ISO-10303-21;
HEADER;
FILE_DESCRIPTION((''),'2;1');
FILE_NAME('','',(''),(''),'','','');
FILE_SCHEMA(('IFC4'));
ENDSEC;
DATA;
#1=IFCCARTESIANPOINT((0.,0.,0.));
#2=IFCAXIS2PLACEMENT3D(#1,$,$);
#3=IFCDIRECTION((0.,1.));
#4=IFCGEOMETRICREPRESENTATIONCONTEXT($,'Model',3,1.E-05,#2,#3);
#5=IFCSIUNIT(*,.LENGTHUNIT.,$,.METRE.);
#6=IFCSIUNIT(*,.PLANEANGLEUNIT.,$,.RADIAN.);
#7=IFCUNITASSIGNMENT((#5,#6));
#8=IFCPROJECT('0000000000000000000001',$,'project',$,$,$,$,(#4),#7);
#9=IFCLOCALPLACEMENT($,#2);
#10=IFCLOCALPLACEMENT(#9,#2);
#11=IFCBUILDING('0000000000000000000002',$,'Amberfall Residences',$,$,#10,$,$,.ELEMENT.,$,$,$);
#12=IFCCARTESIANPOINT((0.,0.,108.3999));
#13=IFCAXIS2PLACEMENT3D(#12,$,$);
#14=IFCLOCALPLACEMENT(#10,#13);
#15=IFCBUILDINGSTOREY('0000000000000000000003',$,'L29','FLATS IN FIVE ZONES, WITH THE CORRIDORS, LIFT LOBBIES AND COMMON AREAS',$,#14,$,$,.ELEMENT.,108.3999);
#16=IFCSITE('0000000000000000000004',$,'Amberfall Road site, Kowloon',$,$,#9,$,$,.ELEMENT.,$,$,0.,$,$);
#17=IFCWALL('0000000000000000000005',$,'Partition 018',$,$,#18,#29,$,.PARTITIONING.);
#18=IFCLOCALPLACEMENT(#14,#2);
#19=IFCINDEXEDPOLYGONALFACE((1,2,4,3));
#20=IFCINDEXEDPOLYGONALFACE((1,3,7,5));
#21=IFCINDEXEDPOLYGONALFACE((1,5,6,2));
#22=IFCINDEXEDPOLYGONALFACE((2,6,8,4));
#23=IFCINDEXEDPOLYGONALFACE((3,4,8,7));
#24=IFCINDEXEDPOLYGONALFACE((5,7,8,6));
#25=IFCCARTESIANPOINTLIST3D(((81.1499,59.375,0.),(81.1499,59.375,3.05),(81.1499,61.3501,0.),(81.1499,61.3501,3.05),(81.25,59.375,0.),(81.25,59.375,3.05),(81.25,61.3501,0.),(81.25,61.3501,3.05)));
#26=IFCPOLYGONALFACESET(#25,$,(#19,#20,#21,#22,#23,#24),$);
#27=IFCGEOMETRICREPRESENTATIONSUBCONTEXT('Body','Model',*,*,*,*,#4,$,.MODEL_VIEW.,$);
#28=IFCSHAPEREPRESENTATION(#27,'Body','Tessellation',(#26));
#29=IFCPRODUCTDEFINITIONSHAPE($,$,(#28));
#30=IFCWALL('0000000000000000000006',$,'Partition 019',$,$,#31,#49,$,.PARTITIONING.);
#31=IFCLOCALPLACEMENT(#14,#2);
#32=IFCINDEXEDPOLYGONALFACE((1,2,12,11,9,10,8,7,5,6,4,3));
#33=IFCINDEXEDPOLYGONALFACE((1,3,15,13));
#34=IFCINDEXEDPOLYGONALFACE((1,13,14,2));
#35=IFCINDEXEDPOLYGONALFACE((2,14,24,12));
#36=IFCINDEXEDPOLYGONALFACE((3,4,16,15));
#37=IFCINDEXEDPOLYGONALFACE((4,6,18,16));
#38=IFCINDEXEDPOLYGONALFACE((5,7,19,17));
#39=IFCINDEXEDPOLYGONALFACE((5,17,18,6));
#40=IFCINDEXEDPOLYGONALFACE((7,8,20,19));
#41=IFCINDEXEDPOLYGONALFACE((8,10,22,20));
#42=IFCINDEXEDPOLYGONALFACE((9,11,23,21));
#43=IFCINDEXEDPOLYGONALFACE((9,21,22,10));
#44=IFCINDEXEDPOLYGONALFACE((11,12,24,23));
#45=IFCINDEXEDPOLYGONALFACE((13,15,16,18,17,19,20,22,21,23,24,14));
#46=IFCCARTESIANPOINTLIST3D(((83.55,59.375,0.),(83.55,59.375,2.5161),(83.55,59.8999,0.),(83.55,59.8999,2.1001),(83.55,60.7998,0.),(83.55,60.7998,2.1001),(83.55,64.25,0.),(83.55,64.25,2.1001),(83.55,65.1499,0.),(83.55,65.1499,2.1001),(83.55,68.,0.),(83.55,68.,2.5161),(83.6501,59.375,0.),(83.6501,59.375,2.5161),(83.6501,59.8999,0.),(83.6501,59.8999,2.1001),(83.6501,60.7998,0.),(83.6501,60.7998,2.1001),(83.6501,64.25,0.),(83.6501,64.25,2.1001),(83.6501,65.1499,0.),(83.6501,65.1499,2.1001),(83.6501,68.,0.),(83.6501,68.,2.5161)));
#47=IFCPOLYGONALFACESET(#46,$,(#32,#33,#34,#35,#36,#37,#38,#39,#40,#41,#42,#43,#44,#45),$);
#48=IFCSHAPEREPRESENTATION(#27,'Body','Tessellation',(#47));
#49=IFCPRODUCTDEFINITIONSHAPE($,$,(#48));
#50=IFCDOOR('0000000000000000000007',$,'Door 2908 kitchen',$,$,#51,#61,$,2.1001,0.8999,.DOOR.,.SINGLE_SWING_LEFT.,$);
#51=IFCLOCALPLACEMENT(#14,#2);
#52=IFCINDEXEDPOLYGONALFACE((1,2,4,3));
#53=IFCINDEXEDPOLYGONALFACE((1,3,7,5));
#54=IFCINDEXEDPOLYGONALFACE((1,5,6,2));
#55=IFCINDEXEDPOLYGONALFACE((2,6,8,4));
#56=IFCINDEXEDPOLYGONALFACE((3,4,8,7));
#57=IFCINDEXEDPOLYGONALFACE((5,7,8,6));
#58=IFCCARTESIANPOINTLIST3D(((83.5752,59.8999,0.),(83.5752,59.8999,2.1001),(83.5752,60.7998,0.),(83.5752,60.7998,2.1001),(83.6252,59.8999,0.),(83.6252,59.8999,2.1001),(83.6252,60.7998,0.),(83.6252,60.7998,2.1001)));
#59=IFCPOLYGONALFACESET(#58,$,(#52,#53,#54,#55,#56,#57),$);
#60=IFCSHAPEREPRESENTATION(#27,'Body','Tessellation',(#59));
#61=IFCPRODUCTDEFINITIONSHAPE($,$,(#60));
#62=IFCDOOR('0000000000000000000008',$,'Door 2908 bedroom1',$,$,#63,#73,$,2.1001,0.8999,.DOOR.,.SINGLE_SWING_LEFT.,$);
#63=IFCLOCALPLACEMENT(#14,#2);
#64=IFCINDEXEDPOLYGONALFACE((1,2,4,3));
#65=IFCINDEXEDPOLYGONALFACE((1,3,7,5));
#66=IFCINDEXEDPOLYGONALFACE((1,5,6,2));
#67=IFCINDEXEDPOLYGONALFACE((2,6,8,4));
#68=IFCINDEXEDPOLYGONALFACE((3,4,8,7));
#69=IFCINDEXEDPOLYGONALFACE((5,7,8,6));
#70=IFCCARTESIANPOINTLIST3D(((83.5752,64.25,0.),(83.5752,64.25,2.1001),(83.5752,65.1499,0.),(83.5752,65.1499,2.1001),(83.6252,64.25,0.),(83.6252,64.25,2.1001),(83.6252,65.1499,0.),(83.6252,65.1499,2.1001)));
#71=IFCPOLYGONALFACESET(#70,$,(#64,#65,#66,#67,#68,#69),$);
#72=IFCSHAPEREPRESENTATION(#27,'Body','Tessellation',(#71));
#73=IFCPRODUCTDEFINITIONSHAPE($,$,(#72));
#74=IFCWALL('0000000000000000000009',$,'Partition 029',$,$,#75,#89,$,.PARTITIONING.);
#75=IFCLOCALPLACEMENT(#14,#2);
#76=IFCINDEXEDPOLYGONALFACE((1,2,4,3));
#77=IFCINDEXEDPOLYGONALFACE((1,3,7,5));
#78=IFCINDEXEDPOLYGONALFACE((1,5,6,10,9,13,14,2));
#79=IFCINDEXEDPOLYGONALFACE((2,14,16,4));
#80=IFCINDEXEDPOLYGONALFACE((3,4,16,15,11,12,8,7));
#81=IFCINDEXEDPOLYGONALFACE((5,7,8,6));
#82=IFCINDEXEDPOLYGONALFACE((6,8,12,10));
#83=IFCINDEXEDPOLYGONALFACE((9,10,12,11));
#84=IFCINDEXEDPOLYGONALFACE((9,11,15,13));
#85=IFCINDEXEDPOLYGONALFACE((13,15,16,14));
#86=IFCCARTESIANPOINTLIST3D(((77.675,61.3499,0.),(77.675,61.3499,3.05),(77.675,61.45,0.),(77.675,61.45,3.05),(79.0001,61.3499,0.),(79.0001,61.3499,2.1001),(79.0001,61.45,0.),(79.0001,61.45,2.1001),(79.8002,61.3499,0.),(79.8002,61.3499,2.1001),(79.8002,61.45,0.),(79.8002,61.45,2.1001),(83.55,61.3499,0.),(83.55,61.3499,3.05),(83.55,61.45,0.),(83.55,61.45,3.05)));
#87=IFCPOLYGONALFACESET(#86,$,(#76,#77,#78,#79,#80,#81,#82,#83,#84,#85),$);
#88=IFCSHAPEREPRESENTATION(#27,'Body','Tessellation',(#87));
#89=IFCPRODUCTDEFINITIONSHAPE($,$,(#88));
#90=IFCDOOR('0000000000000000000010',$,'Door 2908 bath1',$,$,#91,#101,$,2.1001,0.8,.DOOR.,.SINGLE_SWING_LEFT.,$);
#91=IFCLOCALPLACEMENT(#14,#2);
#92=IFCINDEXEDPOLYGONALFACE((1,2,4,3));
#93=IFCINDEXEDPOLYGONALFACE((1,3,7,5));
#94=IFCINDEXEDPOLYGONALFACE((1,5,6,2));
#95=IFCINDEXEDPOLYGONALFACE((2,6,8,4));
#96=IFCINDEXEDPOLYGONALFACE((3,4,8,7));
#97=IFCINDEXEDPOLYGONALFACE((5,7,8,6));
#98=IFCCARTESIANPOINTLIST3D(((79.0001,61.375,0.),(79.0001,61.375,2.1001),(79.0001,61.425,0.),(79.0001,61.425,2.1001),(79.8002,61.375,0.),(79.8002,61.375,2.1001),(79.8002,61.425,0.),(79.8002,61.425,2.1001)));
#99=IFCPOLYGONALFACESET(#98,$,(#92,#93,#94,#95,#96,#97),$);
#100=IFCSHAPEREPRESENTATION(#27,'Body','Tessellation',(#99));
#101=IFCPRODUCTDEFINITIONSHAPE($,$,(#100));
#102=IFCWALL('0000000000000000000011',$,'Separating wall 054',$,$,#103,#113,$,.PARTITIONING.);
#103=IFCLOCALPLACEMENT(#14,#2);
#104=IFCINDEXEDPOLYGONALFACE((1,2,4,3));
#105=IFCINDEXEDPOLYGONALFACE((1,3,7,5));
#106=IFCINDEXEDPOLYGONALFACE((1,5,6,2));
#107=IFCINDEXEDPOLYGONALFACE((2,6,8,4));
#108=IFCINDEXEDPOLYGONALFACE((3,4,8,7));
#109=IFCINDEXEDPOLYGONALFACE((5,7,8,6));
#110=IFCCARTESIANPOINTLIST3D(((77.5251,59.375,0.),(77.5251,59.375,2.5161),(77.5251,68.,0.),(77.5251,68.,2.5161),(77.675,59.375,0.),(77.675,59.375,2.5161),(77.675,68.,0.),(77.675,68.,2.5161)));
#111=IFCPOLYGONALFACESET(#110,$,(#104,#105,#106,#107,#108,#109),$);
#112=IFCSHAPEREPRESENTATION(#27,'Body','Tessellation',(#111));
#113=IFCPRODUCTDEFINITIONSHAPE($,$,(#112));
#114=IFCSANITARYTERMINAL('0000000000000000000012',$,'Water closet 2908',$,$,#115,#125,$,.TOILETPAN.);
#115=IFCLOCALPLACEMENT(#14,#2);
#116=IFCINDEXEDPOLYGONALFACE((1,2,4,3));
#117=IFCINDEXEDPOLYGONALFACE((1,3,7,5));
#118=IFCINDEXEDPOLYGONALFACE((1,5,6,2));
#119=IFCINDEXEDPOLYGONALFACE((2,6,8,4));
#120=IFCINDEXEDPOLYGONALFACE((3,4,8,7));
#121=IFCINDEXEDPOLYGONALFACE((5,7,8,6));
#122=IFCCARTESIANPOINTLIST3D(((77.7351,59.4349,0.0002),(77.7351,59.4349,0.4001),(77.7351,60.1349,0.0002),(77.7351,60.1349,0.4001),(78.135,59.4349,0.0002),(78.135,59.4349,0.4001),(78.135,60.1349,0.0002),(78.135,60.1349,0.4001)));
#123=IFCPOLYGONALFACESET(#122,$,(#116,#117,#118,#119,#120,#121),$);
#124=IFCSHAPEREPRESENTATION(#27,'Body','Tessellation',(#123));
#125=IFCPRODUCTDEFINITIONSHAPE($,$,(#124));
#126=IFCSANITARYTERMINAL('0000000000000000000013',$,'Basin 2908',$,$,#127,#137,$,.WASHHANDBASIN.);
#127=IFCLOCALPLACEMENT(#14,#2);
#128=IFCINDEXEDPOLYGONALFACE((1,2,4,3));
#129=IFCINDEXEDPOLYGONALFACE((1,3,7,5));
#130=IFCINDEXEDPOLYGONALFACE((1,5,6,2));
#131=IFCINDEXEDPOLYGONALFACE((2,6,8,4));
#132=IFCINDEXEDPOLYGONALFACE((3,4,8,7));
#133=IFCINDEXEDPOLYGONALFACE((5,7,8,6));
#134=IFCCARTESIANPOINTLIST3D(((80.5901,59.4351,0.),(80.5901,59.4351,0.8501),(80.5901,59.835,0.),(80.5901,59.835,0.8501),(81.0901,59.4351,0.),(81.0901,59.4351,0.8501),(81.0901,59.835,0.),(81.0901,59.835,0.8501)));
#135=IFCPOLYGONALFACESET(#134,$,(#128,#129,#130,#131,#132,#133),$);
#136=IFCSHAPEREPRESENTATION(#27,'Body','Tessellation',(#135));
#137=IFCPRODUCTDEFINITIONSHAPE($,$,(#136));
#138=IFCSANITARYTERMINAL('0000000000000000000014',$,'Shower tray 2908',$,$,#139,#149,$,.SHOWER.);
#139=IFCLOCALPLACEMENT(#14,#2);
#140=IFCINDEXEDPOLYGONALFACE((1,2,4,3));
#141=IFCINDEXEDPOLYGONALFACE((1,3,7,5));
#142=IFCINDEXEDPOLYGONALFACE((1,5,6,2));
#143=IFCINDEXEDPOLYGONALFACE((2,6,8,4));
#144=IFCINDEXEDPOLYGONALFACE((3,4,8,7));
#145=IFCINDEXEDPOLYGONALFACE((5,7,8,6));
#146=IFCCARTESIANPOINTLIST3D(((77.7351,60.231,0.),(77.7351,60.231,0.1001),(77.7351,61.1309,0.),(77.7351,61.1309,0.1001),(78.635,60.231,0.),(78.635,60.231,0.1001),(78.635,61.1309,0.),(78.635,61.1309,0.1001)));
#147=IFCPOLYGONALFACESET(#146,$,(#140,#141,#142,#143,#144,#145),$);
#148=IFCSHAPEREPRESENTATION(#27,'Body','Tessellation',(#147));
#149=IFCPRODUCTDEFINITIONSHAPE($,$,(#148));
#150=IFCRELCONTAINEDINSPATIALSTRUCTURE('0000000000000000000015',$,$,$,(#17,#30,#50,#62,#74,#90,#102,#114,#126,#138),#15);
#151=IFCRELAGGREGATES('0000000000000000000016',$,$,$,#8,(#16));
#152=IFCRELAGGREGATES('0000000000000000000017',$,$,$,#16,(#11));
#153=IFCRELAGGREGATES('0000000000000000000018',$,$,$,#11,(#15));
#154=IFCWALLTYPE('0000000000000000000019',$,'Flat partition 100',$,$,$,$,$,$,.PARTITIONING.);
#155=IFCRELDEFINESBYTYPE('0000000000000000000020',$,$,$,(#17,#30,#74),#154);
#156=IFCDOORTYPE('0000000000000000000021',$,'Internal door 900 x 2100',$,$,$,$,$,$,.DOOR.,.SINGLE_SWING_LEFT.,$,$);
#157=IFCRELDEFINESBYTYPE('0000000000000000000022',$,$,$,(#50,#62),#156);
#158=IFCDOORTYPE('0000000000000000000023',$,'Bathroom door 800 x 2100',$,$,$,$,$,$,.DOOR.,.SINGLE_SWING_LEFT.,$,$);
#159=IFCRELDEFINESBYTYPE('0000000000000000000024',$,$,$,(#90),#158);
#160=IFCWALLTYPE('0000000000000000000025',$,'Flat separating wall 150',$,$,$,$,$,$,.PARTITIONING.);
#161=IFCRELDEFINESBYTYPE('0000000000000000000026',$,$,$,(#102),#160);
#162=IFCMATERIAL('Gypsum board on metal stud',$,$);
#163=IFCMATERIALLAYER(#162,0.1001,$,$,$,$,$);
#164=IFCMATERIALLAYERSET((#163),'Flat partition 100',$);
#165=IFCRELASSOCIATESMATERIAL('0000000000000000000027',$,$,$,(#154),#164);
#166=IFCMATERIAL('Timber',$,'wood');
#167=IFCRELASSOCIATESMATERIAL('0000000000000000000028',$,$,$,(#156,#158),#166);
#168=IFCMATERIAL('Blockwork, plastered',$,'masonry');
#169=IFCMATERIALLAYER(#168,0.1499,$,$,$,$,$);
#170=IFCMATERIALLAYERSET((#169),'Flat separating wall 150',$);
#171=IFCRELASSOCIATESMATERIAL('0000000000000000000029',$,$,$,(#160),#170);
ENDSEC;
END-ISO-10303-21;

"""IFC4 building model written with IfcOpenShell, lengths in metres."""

from ifc_helpers import new_model, si_unit, direction, frame, frame_2d, origin, origin_2d, place, context, subcontext, project, spatial, rectangle, extrude, material, layer, layer_set, type_object, element, fill, save


model = new_model("IFC4")

# Units and contexts
model_context = context("Model", 3, precision=1e-05, world=origin(), true_north=direction((0.0, 1.0)))
body_context = subcontext(model_context, "Body", "Model", "MODEL_VIEW")
ifc_project = project(units=[si_unit("LENGTHUNIT", "METRE"), si_unit("PLANEANGLEUNIT", "RADIAN")], contexts=[model_context])

# Site, building, storey
site_placement = place(None, origin())
site = spatial("IfcSite", under=ifc_project, at=site_placement, Name="Amberfall Road site, Kowloon", CompositionType="ELEMENT", RefElevation=0.0)
building_placement = place(site_placement, origin())
building = spatial("IfcBuilding", under=site, at=building_placement, Name="Amberfall Residences", CompositionType="ELEMENT")
storey_placement = place(building_placement, frame((0.0, 0.0, 108.3999)))
storey = spatial("IfcBuildingStorey", under=building, at=storey_placement, Name="L29", Description="FLATS IN FIVE ZONES, WITH THE CORRIDORS, LIFT LOBBIES AND COMMON AREAS", CompositionType="ELEMENT", Elevation=108.3999)

# Wall
ifc_material_1 = material(Name="Gypsum board on metal stud")
ifc_layer_1 = layer(ifc_material_1, 0.1001)
ifc_layer_set_1 = layer_set([ifc_layer_1], Name="Flat partition 100")
wall_type_1 = type_object("IfcWallType", Name="Flat partition 100", PredefinedType="PARTITIONING", material=ifc_layer_set_1)
wall_1_placement = place(storey_placement, frame((81.2, 59.375, 0.0), z_axis=(0.0, 0.0, 1.0), x_axis=(0.0, 1.0, 0.0)))
element("IfcWall", 1, at=wall_1_placement, inside=storey, type_object=wall_type_1, Name="Partition 018", PredefinedType="PARTITIONING", context=body_context, shape_type="SweptSolid", body=[
    extrude(rectangle(XDim=1.9751, YDim=0.1001, at=frame_2d((0.9875, 0.0))), origin(), (0.0, 0.0, 1.0), 3.05),
])

# Wall, openings, doors
wall_2_placement = place(storey_placement, frame((83.6001, 59.375, 0.0), z_axis=(0.0, 0.0, 1.0), x_axis=(0.0, 1.0, 0.0)))
wall_2 = element("IfcWall", 2, at=wall_2_placement, inside=storey, type_object=wall_type_1, Name="Partition 019", PredefinedType="PARTITIONING", context=body_context, shape_type="SweptSolid", body=[
    extrude(rectangle(XDim=8.625, YDim=0.1001, at=frame_2d((4.3125, 0.0))), origin(), (0.0, 0.0, 1.0), 2.5161),
])
opening_1_placement = place(wall_2_placement, frame((0.5249, 0.0, 0.0)))
opening_1 = element("IfcOpeningElement", 3, at=opening_1_placement, cuts=wall_2, PredefinedType="OPENING", context=body_context, shape_type="SweptSolid", body=[
    extrude(rectangle(XDim=0.8999, YDim=2.1001, at=frame_2d((0.45, 1.05))), frame((0.0, 0.0601, 0.0), z_axis=(0.0, -1.0, 0.0), x_axis=(1.0, 0.0, 0.0)), (0.0, 0.0, 1.0), 0.1201),
])
opening_2_placement = place(wall_2_placement, frame((4.875, 0.0, 0.0)))
opening_2 = element("IfcOpeningElement", 4, at=opening_2_placement, cuts=wall_2, PredefinedType="OPENING", context=body_context, shape_type="SweptSolid", body=[
    extrude(rectangle(XDim=0.8999, YDim=2.1001, at=frame_2d((0.45, 1.05))), frame((0.0, 0.0601, 0.0), z_axis=(0.0, -1.0, 0.0), x_axis=(1.0, 0.0, 0.0)), (0.0, 0.0, 1.0), 0.1201),
])
ifc_material_2 = material(Name="Timber", Category="wood")
door_type_1 = type_object("IfcDoorType", Name="Internal door 900 x 2100", OperationType="SINGLE_SWING_LEFT", PredefinedType="DOOR", material=ifc_material_2)
door_1_placement = place(opening_1_placement, origin())
door_1 = element("IfcDoor", 5, at=door_1_placement, inside=storey, type_object=door_type_1, Name="Door 2908 kitchen", OperationType="SINGLE_SWING_LEFT", OverallHeight=2.1001, OverallWidth=0.8999, PredefinedType="DOOR", context=body_context, shape_type="SweptSolid", body=[
    extrude(rectangle(XDim=0.8999, YDim=2.1001, at=frame_2d((0.45, 1.05))), frame((0.0, 0.0249, 0.0), z_axis=(0.0, -1.0, 0.0), x_axis=(1.0, 0.0, 0.0)), (0.0, 0.0, 1.0), 0.05),
])
fill(opening_1, door_1)
door_2_placement = place(opening_2_placement, origin())
door_2 = element("IfcDoor", 6, at=door_2_placement, inside=storey, type_object=door_type_1, Name="Door 2908 bedroom1", OperationType="SINGLE_SWING_LEFT", OverallHeight=2.1001, OverallWidth=0.8999, PredefinedType="DOOR", context=body_context, shape_type="SweptSolid", body=[
    extrude(rectangle(XDim=0.8999, YDim=2.1001, at=frame_2d((0.45, 1.05))), frame((0.0, 0.0249, 0.0), z_axis=(0.0, -1.0, 0.0), x_axis=(1.0, 0.0, 0.0)), (0.0, 0.0, 1.0), 0.05),
])
fill(opening_2, door_2)

# Wall, opening, door
wall_3_placement = place(storey_placement, frame((83.55, 61.3999, 0.0), z_axis=(0.0, 0.0, 1.0), x_axis=(-1.0, 0.0, 0.0)))
wall_3 = element("IfcWall", 7, at=wall_3_placement, inside=storey, type_object=wall_type_1, Name="Partition 029", PredefinedType="PARTITIONING", context=body_context, shape_type="SweptSolid", body=[
    extrude(rectangle(XDim=5.875, YDim=0.1001, at=frame_2d((2.9375, 0.0))), origin(), (0.0, 0.0, 1.0), 3.05),
])
opening_3_placement = place(wall_3_placement, frame((3.75, 0.0, 0.0)))
opening_3 = element("IfcOpeningElement", 8, at=opening_3_placement, cuts=wall_3, PredefinedType="OPENING", context=body_context, shape_type="SweptSolid", body=[
    extrude(rectangle(XDim=0.8, YDim=2.1001, at=frame_2d((0.3999, 1.05))), frame((0.0, 0.0601, 0.0), z_axis=(0.0, -1.0, 0.0), x_axis=(1.0, 0.0, 0.0)), (0.0, 0.0, 1.0), 0.1201),
])
door_type_2 = type_object("IfcDoorType", Name="Bathroom door 800 x 2100", OperationType="SINGLE_SWING_LEFT", PredefinedType="DOOR", material=ifc_material_2)
door_3_placement = place(opening_3_placement, origin())
door_3 = element("IfcDoor", 9, at=door_3_placement, inside=storey, type_object=door_type_2, Name="Door 2908 bath1", OperationType="SINGLE_SWING_LEFT", OverallHeight=2.1001, OverallWidth=0.8, PredefinedType="DOOR", context=body_context, shape_type="SweptSolid", body=[
    extrude(rectangle(XDim=0.8, YDim=2.1001, at=frame_2d((0.3999, 1.05))), frame((0.0, 0.0249, 0.0), z_axis=(0.0, -1.0, 0.0), x_axis=(1.0, 0.0, 0.0)), (0.0, 0.0, 1.0), 0.05),
])
fill(opening_3, door_3)

# Wall
ifc_material_3 = material(Name="Blockwork, plastered", Category="masonry")
ifc_layer_2 = layer(ifc_material_3, 0.1499)
ifc_layer_set_2 = layer_set([ifc_layer_2], Name="Flat separating wall 150")
wall_type_2 = type_object("IfcWallType", Name="Flat separating wall 150", PredefinedType="PARTITIONING", material=ifc_layer_set_2)
wall_4_placement = place(storey_placement, frame((77.6001, 59.375, 0.0), z_axis=(0.0, 0.0, 1.0), x_axis=(0.0, 1.0, 0.0)))
element("IfcWall", 10, at=wall_4_placement, inside=storey, type_object=wall_type_2, Name="Separating wall 054", PredefinedType="PARTITIONING", context=body_context, shape_type="SweptSolid", body=[
    extrude(rectangle(XDim=8.625, YDim=0.1499, at=frame_2d((4.3125, 0.0))), origin(), (0.0, 0.0, 1.0), 2.5161),
])

# Sanitary terminals
sanitary_terminal_1_placement = place(storey_placement, frame((77.9351, 59.7849, 0.0002), z_axis=(0.0, 0.0, 1.0), x_axis=(1.0, 0.0, 0.0)))
element("IfcSanitaryTerminal", 11, at=sanitary_terminal_1_placement, inside=storey, Name="Water closet 2908", PredefinedType="TOILETPAN", context=body_context, shape_type="SweptSolid", body=[
    extrude(rectangle(XDim=0.3999, YDim=0.7, at=origin_2d()), origin(), (0.0, 0.0, 1.0), 0.3999),
])
sanitary_terminal_2_placement = place(storey_placement, frame((80.8401, 59.635, 0.0), z_axis=(0.0, 0.0, 1.0), x_axis=(1.0, 0.0, 0.0)))
element("IfcSanitaryTerminal", 12, at=sanitary_terminal_2_placement, inside=storey, Name="Basin 2908", PredefinedType="WASHHANDBASIN", context=body_context, shape_type="SweptSolid", body=[
    extrude(rectangle(XDim=0.5, YDim=0.3999, at=origin_2d()), origin(), (0.0, 0.0, 1.0), 0.8501),
])
sanitary_terminal_3_placement = place(storey_placement, frame((78.1851, 60.6809, 0.0), z_axis=(0.0, 0.0, 1.0), x_axis=(1.0, 0.0, 0.0)))
element("IfcSanitaryTerminal", 13, at=sanitary_terminal_3_placement, inside=storey, Name="Shower tray 2908", PredefinedType="SHOWER", context=body_context, shape_type="SweptSolid", body=[
    extrude(rectangle(XDim=0.8999, YDim=0.8999, at=origin_2d()), origin(), (0.0, 0.0, 1.0), 0.1001),
])

save(model, "model.ifc")
